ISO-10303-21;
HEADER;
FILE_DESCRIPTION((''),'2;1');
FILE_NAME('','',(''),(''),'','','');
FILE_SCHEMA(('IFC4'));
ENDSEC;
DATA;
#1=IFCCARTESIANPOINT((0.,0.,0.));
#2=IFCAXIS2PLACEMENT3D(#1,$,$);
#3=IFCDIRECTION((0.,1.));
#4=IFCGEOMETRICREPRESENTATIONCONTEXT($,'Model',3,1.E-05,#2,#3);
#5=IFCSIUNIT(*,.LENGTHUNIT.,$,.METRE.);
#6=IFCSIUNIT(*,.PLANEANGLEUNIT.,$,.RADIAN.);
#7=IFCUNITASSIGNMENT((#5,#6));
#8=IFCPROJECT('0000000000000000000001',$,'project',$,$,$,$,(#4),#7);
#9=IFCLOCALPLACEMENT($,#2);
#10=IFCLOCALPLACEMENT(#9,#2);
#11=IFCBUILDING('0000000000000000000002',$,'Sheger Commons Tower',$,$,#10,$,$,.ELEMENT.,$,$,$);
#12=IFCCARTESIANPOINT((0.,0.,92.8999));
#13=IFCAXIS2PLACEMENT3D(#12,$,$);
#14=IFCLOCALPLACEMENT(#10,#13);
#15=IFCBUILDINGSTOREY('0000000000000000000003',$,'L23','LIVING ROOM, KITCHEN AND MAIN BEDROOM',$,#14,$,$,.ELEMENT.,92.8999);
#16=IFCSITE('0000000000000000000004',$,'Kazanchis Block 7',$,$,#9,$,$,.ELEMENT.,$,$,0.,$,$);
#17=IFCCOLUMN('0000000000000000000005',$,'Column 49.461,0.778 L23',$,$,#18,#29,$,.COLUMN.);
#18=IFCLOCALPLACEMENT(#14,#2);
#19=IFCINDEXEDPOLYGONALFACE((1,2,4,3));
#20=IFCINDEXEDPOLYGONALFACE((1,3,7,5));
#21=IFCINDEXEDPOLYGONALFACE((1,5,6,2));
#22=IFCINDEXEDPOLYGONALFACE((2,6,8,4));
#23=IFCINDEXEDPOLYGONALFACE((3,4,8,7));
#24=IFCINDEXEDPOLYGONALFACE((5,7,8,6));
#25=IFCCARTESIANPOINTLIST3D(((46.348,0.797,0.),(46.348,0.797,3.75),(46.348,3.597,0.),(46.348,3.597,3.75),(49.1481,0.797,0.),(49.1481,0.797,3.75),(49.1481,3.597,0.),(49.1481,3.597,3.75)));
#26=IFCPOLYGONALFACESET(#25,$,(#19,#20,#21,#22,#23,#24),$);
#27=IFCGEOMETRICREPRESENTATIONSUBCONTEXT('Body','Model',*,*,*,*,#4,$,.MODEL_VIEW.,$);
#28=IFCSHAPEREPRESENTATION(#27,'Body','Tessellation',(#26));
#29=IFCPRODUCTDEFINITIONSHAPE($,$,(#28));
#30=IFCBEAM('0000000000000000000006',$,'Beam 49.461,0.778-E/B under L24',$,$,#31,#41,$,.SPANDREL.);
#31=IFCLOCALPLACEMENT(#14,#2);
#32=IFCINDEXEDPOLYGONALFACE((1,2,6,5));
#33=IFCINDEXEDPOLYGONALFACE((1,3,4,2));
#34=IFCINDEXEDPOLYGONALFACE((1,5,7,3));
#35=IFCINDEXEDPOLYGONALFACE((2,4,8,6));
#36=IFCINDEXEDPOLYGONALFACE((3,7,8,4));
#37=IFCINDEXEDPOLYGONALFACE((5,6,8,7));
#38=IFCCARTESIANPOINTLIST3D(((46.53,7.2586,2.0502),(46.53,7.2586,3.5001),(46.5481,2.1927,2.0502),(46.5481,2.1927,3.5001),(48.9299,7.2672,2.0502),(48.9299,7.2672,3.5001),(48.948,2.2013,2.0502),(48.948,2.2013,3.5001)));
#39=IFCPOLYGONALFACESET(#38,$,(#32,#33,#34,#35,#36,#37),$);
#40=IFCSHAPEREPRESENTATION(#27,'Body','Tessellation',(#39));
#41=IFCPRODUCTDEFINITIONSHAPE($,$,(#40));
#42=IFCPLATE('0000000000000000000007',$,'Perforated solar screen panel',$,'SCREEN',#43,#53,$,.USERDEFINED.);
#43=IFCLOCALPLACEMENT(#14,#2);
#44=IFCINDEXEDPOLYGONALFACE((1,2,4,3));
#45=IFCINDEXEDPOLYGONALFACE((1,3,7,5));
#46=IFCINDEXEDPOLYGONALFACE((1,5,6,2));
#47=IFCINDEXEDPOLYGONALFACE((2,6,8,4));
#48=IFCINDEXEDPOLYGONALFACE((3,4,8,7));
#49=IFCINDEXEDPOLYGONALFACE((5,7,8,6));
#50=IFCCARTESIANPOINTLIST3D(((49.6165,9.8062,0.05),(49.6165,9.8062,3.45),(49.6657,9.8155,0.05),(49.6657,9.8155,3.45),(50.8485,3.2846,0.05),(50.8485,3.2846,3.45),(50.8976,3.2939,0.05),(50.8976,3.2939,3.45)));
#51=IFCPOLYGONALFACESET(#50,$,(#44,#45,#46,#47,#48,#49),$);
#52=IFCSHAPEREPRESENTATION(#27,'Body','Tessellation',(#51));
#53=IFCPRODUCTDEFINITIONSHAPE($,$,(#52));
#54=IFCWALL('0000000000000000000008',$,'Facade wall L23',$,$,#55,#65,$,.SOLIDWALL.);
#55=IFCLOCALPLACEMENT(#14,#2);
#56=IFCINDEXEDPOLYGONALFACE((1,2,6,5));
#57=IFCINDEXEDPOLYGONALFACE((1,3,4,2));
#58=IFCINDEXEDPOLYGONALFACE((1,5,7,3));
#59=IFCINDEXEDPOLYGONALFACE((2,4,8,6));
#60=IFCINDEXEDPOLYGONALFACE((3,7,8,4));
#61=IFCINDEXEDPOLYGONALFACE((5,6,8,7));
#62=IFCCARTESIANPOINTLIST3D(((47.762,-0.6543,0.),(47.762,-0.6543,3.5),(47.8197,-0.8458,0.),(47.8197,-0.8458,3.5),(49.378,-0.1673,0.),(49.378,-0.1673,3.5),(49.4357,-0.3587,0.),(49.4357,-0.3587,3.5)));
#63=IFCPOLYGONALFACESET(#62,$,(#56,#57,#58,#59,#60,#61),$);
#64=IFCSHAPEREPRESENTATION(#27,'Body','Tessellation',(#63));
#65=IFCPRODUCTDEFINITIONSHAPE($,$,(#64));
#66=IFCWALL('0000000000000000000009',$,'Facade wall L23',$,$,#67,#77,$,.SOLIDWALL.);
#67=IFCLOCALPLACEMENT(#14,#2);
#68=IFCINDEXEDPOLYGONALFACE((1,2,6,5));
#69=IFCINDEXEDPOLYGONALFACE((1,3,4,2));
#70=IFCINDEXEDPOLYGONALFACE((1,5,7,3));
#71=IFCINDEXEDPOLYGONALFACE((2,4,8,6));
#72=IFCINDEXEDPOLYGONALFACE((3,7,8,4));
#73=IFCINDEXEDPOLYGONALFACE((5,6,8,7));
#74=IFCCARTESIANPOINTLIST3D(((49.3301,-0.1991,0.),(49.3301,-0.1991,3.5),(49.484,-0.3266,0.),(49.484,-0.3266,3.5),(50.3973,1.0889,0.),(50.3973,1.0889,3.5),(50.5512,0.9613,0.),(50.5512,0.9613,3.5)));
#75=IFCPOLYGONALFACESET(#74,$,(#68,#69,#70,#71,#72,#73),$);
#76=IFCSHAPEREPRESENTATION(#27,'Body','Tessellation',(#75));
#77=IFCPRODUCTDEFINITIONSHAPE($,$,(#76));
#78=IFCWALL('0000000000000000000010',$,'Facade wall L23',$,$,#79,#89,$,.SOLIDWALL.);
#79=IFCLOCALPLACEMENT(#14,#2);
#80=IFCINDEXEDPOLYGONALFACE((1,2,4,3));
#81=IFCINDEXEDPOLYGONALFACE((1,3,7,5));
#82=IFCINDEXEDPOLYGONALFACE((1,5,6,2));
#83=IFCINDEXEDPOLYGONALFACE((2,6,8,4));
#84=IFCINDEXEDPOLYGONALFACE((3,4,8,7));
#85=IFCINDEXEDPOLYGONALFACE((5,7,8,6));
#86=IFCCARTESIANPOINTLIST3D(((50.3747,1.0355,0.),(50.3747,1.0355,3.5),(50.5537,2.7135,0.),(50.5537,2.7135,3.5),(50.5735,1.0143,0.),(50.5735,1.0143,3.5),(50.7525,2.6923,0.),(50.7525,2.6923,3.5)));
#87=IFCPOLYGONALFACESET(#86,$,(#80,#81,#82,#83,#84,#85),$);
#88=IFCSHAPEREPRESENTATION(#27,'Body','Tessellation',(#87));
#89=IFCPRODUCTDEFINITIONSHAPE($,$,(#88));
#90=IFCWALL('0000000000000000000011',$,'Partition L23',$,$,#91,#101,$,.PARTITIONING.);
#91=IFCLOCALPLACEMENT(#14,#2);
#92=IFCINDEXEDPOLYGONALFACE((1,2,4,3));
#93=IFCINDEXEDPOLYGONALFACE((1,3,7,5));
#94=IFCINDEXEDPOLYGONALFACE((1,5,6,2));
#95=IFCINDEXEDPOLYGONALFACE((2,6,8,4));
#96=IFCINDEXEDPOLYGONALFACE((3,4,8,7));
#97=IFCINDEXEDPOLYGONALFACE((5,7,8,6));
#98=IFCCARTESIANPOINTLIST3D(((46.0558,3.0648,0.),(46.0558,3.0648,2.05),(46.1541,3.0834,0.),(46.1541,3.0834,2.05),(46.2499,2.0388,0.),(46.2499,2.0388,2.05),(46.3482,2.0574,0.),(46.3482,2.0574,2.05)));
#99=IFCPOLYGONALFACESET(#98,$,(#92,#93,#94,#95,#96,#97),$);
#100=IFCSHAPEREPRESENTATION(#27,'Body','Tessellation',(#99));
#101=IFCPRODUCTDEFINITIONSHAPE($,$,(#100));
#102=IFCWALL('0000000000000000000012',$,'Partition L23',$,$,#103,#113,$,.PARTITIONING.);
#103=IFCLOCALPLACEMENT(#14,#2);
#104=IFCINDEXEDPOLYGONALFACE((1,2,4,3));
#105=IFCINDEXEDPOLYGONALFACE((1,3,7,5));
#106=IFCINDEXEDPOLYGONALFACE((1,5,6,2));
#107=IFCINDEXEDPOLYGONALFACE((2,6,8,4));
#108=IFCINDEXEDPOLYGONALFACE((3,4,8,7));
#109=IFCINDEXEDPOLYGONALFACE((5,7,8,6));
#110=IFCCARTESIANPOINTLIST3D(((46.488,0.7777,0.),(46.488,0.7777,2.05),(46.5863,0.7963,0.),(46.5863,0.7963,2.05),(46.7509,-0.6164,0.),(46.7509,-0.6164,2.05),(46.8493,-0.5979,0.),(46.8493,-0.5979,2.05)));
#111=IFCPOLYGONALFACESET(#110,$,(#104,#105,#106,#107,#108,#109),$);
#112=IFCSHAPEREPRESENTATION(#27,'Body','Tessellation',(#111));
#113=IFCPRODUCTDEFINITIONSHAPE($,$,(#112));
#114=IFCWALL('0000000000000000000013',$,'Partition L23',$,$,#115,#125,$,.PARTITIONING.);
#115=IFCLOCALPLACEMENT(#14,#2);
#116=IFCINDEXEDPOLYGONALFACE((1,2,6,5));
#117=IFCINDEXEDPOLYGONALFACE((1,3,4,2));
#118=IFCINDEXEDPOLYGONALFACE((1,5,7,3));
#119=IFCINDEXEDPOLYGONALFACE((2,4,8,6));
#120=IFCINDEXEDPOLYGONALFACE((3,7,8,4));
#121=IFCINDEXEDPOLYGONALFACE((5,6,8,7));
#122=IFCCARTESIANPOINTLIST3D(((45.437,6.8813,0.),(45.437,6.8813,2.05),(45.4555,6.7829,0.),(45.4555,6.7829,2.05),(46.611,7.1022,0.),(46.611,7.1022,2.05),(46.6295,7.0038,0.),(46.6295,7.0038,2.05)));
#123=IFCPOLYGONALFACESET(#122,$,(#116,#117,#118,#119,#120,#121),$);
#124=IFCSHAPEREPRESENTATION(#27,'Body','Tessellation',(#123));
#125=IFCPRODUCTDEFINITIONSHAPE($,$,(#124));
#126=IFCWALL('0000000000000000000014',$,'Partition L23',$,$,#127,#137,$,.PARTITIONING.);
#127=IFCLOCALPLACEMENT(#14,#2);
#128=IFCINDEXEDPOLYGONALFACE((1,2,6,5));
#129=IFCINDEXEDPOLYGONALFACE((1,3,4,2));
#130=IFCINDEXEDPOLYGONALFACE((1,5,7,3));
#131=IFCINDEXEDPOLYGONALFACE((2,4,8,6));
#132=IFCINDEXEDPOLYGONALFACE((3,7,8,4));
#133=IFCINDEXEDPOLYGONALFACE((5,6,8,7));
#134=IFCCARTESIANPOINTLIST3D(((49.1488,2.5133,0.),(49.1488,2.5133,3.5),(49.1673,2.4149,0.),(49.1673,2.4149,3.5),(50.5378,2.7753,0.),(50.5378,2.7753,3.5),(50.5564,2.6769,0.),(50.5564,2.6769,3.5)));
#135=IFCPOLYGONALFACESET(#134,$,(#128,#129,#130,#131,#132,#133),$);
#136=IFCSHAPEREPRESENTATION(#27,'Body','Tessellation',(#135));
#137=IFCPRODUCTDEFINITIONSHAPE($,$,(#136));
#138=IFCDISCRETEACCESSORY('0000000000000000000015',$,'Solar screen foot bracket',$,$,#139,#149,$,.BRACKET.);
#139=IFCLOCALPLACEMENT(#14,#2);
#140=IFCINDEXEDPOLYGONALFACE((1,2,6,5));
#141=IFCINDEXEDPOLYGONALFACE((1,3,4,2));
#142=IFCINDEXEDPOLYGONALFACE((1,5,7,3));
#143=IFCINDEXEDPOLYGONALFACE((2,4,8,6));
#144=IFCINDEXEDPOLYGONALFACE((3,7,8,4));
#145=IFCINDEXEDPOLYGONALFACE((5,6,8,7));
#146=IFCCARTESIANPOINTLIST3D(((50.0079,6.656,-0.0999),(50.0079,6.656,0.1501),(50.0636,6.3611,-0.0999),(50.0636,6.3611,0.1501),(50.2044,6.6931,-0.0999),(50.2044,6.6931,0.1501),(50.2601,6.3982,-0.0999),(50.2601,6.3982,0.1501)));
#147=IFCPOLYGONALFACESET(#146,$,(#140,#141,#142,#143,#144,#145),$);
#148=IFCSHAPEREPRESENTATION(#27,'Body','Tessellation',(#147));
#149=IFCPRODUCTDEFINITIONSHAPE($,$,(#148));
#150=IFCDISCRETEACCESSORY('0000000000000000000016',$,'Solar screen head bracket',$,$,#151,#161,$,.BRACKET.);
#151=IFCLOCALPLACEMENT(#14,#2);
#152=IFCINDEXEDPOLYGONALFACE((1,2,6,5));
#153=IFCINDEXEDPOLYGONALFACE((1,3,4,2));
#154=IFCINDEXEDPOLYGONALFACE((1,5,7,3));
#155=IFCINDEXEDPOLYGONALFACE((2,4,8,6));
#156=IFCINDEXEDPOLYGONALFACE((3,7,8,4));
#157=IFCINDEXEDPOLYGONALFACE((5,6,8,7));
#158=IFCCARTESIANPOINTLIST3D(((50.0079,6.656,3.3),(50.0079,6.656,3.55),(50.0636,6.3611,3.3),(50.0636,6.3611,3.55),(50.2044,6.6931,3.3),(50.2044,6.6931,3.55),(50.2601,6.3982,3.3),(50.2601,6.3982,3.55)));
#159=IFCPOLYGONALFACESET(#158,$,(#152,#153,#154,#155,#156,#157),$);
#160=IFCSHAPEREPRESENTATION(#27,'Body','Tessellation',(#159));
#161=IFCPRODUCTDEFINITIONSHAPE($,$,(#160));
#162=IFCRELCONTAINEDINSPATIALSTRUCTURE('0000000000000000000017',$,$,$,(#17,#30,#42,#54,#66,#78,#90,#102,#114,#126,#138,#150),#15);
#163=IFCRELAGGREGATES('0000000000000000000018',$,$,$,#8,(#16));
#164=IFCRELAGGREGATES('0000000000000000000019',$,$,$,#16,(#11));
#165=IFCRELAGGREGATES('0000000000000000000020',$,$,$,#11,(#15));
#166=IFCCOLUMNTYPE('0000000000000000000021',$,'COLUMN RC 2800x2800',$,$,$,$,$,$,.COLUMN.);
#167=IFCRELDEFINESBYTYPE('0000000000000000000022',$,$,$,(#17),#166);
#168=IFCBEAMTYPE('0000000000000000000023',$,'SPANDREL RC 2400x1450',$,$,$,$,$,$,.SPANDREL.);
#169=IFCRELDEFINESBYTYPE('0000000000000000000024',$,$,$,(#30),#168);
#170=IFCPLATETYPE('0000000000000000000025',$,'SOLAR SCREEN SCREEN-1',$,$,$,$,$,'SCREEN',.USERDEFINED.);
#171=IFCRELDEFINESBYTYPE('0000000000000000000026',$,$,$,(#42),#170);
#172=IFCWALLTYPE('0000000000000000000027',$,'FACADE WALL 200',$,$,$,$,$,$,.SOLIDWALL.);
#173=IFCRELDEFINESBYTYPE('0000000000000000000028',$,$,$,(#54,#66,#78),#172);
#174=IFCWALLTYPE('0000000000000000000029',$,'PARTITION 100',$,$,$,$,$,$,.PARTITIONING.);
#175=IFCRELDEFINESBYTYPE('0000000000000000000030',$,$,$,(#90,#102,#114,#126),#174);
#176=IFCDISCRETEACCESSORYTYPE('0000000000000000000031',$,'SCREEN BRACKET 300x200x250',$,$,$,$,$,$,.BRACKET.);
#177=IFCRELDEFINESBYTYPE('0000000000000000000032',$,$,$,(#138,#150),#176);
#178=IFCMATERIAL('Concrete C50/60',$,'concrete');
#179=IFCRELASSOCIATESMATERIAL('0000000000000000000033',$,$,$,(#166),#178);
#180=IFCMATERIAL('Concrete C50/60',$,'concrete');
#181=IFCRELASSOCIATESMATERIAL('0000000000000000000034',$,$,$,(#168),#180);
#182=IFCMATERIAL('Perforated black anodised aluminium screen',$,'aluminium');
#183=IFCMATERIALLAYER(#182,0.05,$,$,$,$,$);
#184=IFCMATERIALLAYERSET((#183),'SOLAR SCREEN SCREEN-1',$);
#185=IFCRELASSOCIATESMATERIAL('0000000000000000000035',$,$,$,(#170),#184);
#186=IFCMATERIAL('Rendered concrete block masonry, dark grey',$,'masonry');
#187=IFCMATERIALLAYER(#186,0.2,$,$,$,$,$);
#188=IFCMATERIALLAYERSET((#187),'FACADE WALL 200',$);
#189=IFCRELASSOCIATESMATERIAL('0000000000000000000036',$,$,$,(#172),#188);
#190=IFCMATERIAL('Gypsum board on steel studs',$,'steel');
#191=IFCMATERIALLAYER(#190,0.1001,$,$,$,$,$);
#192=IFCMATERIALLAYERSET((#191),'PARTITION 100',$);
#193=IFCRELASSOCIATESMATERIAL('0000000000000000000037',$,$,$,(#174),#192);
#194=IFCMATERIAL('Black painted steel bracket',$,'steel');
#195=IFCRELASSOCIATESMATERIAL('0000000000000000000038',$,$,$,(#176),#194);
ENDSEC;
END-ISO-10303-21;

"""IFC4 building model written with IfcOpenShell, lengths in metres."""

from ifc_helpers import new_model, si_unit, direction, frame, frame_2d, origin, origin_2d, place, context, subcontext, project, spatial, rectangle, extrude, material, layer, layer_set, material_profile, profile_set, type_object, element, save


model = new_model("IFC4")

# Units and contexts
model_context = context("Model", 3, precision=1e-05, world=origin(), true_north=direction((0.0, 1.0)))
body_context = subcontext(model_context, "Body", "Model", "MODEL_VIEW")
ifc_project = project(units=[si_unit("LENGTHUNIT", "METRE"), si_unit("PLANEANGLEUNIT", "RADIAN")], contexts=[model_context])

# Site, building, storey
site_placement = place(None, origin())
site = spatial("IfcSite", under=ifc_project, at=site_placement, Name="Kazanchis Block 7", CompositionType="ELEMENT", RefElevation=0.0)
building_placement = place(site_placement, origin())
building = spatial("IfcBuilding", under=site, at=building_placement, Name="Sheger Commons Tower", CompositionType="ELEMENT")
storey_placement = place(building_placement, frame((0.0, 0.0, 92.8999)))
storey = spatial("IfcBuildingStorey", under=building, at=storey_placement, Name="L23", Description="LIVING ROOM, KITCHEN AND MAIN BEDROOM", CompositionType="ELEMENT", Elevation=92.8999)

# Column
ifc_material_1 = material(Name="Concrete C50/60", Category="concrete")
ifc_material_profile_1 = material_profile(ifc_material_1, rectangle(XDim=2.8, YDim=2.8, at=origin_2d()), Name="RC 2800x2800")
ifc_profile_set_1 = profile_set([ifc_material_profile_1], Name="Concrete C50/60")
column_type = type_object("IfcColumnType", Name="COLUMN RC 2800x2800", PredefinedType="COLUMN", material=ifc_profile_set_1)
column_placement = place(storey_placement, frame((47.748, 2.197, 0.0), z_axis=(0.0, 0.0, 1.0), x_axis=(1.0, 0.0, 0.0)))
element("IfcColumn", 1, at=column_placement, inside=storey, type_object=column_type, Name="Column 49.461,0.778 L23", PredefinedType="COLUMN", context=body_context, shape_type="SweptSolid", body=[
    extrude(rectangle(XDim=2.8, YDim=2.8, at=origin_2d()), origin(), (0.0, 0.0, 1.0), 3.75),
])

# Beam
ifc_material_2 = material(Name="Concrete C50/60", Category="concrete")
ifc_material_profile_2 = material_profile(ifc_material_2, rectangle(XDim=2.3999, YDim=1.45, at=origin_2d()), Name="RC 2400x1450")
ifc_profile_set_2 = profile_set([ifc_material_profile_2], Name="Concrete C50/60")
beam_type = type_object("IfcBeamType", Name="SPANDREL RC 2400x1450", PredefinedType="SPANDREL", material=ifc_profile_set_2)
beam_placement = place(storey_placement, frame((47.748, 2.197, 2.7751), z_axis=(-0.003566, 0.999994, 0.0), x_axis=(-0.999994, -0.003566, 0.0)))
element("IfcBeam", 2, at=beam_placement, inside=storey, type_object=beam_type, Name="Beam 49.461,0.778-E/B under L24", PredefinedType="SPANDREL", context=body_context, shape_type="SweptSolid", body=[
    extrude(rectangle(XDim=2.3999, YDim=1.45, at=origin_2d()), origin(), (0.0, 0.0, 1.0), 5.0659),
])

# Plate
ifc_material_3 = material(Name="Perforated black anodised aluminium screen", Category="aluminium")
ifc_layer_1 = layer(ifc_material_3, 0.05)
ifc_layer_set_1 = layer_set([ifc_layer_1], Name="SOLAR SCREEN SCREEN-1")
plate_type = type_object("IfcPlateType", Name="SOLAR SCREEN SCREEN-1", ElementType="SCREEN", PredefinedType="USERDEFINED", material=ifc_layer_set_1)
plate_placement = place(storey_placement, frame((50.2571, 6.55, 0.05), z_axis=(0.0, 0.0, 1.0), x_axis=(-0.185615, 0.982623, 0.0)))
element("IfcPlate", 3, at=plate_placement, inside=storey, type_object=plate_type, Name="Perforated solar screen panel", ObjectType="SCREEN", PredefinedType="USERDEFINED", context=body_context, shape_type="SweptSolid", body=[
    extrude(rectangle(XDim=6.637, YDim=0.05, at=origin_2d()), origin(), (0.0, 0.0, 1.0), 3.3999),
])

# Walls
ifc_material_4 = material(Name="Rendered concrete block masonry, dark grey", Category="masonry")
ifc_layer_2 = layer(ifc_material_4, 0.2)
ifc_layer_set_2 = layer_set([ifc_layer_2], Name="FACADE WALL 200")
wall_type_1 = type_object("IfcWallType", Name="FACADE WALL 200", PredefinedType="SOLIDWALL", material=ifc_layer_set_2)
wall_1_placement = place(storey_placement, frame((47.791, -0.75, 0.0), z_axis=(0.0, 0.0, 1.0), x_axis=(0.957455, 0.288582, 0.0)))
element("IfcWall", 4, at=wall_1_placement, inside=storey, type_object=wall_type_1, Name="Facade wall L23", PredefinedType="SOLIDWALL", context=body_context, shape_type="SweptSolid", body=[
    extrude(rectangle(XDim=1.6877, YDim=0.2, at=frame_2d((0.8438, 0.0))), origin(), (0.0, 0.0, 1.0), 3.5),
])
wall_2_placement = place(storey_placement, frame((49.407, -0.2629, 0.0), z_axis=(0.0, 0.0, 1.0), x_axis=(0.638043, 0.770001, 0.0)))
element("IfcWall", 5, at=wall_2_placement, inside=storey, type_object=wall_type_1, Name="Facade wall L23", PredefinedType="SOLIDWALL", context=body_context, shape_type="SweptSolid", body=[
    extrude(rectangle(XDim=1.6726, YDim=0.2, at=frame_2d((0.8364, 0.0))), origin(), (0.0, 0.0, 1.0), 3.5),
])
wall_3_placement = place(storey_placement, frame((50.4741, 1.0249, 0.0), z_axis=(0.0, 0.0, 1.0), x_axis=(0.106048, 0.994361, 0.0)))
element("IfcWall", 6, at=wall_3_placement, inside=storey, type_object=wall_type_1, Name="Facade wall L23", PredefinedType="SOLIDWALL", context=body_context, shape_type="SweptSolid", body=[
    extrude(rectangle(XDim=1.6875, YDim=0.2, at=frame_2d((0.8438, 0.0))), origin(), (0.0, 0.0, 1.0), 3.5),
])

# Walls
ifc_material_5 = material(Name="Gypsum board on steel studs", Category="steel")
ifc_layer_3 = layer(ifc_material_5, 0.1001)
ifc_layer_set_3 = layer_set([ifc_layer_3], Name="PARTITION 100")
wall_type_2 = type_object("IfcWallType", Name="PARTITION 100", PredefinedType="PARTITIONING", material=ifc_layer_set_3)
wall_4_placement = place(storey_placement, frame((46.105, 3.074, 0.0), z_axis=(0.0, 0.0, 1.0), x_axis=(0.185898, -0.982569, 0.0)))
element("IfcWall", 7, at=wall_4_placement, inside=storey, type_object=wall_type_2, Name="Partition L23", PredefinedType="PARTITIONING", context=body_context, shape_type="SweptSolid", body=[
    extrude(rectangle(XDim=1.0442, YDim=0.1001, at=frame_2d((0.522, 0.0))), origin(), (0.0, 0.0, 1.0), 2.05),
])
wall_5_placement = place(storey_placement, frame((46.5371, 0.7871, 0.0), z_axis=(0.0, 0.0, 1.0), x_axis=(0.185348, -0.982673, 0.0)))
element("IfcWall", 8, at=wall_5_placement, inside=storey, type_object=wall_type_2, Name="Partition L23", PredefinedType="PARTITIONING", context=body_context, shape_type="SweptSolid", body=[
    extrude(rectangle(XDim=1.4187, YDim=0.1001, at=frame_2d((0.7095, 0.0))), origin(), (0.0, 0.0, 1.0), 2.05),
])
wall_6_placement = place(storey_placement, frame((46.6201, 7.053, 0.0), z_axis=(0.0, 0.0, 1.0), x_axis=(-0.982749, -0.184942, 0.0)))
element("IfcWall", 9, at=wall_6_placement, inside=storey, type_object=wall_type_2, Name="Partition L23", PredefinedType="PARTITIONING", context=body_context, shape_type="SweptSolid", body=[
    extrude(rectangle(XDim=1.1946, YDim=0.1001, at=frame_2d((0.5972, 0.0))), origin(), (0.0, 0.0, 1.0), 2.05),
])
wall_7_placement = place(storey_placement, frame((50.5471, 2.7261, 0.0), z_axis=(0.0, 0.0, 1.0), x_axis=(-0.98268, -0.18531, 0.0)))
element("IfcWall", 10, at=wall_7_placement, inside=storey, type_object=wall_type_2, Name="Partition L23", PredefinedType="PARTITIONING", context=body_context, shape_type="SweptSolid", body=[
    extrude(rectangle(XDim=1.4136, YDim=0.1001, at=frame_2d((0.7068, 0.0))), origin(), (0.0, 0.0, 1.0), 3.5),
])

# Discrete accessories
ifc_material_6 = material(Name="Black painted steel bracket", Category="steel")
discrete_accessory_type = type_object("IfcDiscreteAccessoryType", Name="SCREEN BRACKET 300x200x250", PredefinedType="BRACKET", material=ifc_material_6)
for number, where, z_axis, x_axis, name in (
    (11, (50.134, 6.5271, -0.0999), (0.0, 0.0, 1.0), (-0.185615, 0.982623, 0.0), "Solar screen foot bracket"),
    (12, (50.134, 6.5271, 3.3), (0.0, 0.0, 1.0), (-0.185615, 0.982623, 0.0), "Solar screen head bracket"),
):
    element("IfcDiscreteAccessory", number, at=place(storey_placement, frame(where, z_axis=z_axis, x_axis=x_axis)), inside=storey, type_object=discrete_accessory_type, Name=name, PredefinedType="BRACKET", context=body_context, shape_type="SweptSolid", body=[
        extrude(rectangle(XDim=0.3, YDim=0.2, at=origin_2d()), origin(), (0.0, 0.0, 1.0), 0.25),
    ])

save(model, "model.ifc")
